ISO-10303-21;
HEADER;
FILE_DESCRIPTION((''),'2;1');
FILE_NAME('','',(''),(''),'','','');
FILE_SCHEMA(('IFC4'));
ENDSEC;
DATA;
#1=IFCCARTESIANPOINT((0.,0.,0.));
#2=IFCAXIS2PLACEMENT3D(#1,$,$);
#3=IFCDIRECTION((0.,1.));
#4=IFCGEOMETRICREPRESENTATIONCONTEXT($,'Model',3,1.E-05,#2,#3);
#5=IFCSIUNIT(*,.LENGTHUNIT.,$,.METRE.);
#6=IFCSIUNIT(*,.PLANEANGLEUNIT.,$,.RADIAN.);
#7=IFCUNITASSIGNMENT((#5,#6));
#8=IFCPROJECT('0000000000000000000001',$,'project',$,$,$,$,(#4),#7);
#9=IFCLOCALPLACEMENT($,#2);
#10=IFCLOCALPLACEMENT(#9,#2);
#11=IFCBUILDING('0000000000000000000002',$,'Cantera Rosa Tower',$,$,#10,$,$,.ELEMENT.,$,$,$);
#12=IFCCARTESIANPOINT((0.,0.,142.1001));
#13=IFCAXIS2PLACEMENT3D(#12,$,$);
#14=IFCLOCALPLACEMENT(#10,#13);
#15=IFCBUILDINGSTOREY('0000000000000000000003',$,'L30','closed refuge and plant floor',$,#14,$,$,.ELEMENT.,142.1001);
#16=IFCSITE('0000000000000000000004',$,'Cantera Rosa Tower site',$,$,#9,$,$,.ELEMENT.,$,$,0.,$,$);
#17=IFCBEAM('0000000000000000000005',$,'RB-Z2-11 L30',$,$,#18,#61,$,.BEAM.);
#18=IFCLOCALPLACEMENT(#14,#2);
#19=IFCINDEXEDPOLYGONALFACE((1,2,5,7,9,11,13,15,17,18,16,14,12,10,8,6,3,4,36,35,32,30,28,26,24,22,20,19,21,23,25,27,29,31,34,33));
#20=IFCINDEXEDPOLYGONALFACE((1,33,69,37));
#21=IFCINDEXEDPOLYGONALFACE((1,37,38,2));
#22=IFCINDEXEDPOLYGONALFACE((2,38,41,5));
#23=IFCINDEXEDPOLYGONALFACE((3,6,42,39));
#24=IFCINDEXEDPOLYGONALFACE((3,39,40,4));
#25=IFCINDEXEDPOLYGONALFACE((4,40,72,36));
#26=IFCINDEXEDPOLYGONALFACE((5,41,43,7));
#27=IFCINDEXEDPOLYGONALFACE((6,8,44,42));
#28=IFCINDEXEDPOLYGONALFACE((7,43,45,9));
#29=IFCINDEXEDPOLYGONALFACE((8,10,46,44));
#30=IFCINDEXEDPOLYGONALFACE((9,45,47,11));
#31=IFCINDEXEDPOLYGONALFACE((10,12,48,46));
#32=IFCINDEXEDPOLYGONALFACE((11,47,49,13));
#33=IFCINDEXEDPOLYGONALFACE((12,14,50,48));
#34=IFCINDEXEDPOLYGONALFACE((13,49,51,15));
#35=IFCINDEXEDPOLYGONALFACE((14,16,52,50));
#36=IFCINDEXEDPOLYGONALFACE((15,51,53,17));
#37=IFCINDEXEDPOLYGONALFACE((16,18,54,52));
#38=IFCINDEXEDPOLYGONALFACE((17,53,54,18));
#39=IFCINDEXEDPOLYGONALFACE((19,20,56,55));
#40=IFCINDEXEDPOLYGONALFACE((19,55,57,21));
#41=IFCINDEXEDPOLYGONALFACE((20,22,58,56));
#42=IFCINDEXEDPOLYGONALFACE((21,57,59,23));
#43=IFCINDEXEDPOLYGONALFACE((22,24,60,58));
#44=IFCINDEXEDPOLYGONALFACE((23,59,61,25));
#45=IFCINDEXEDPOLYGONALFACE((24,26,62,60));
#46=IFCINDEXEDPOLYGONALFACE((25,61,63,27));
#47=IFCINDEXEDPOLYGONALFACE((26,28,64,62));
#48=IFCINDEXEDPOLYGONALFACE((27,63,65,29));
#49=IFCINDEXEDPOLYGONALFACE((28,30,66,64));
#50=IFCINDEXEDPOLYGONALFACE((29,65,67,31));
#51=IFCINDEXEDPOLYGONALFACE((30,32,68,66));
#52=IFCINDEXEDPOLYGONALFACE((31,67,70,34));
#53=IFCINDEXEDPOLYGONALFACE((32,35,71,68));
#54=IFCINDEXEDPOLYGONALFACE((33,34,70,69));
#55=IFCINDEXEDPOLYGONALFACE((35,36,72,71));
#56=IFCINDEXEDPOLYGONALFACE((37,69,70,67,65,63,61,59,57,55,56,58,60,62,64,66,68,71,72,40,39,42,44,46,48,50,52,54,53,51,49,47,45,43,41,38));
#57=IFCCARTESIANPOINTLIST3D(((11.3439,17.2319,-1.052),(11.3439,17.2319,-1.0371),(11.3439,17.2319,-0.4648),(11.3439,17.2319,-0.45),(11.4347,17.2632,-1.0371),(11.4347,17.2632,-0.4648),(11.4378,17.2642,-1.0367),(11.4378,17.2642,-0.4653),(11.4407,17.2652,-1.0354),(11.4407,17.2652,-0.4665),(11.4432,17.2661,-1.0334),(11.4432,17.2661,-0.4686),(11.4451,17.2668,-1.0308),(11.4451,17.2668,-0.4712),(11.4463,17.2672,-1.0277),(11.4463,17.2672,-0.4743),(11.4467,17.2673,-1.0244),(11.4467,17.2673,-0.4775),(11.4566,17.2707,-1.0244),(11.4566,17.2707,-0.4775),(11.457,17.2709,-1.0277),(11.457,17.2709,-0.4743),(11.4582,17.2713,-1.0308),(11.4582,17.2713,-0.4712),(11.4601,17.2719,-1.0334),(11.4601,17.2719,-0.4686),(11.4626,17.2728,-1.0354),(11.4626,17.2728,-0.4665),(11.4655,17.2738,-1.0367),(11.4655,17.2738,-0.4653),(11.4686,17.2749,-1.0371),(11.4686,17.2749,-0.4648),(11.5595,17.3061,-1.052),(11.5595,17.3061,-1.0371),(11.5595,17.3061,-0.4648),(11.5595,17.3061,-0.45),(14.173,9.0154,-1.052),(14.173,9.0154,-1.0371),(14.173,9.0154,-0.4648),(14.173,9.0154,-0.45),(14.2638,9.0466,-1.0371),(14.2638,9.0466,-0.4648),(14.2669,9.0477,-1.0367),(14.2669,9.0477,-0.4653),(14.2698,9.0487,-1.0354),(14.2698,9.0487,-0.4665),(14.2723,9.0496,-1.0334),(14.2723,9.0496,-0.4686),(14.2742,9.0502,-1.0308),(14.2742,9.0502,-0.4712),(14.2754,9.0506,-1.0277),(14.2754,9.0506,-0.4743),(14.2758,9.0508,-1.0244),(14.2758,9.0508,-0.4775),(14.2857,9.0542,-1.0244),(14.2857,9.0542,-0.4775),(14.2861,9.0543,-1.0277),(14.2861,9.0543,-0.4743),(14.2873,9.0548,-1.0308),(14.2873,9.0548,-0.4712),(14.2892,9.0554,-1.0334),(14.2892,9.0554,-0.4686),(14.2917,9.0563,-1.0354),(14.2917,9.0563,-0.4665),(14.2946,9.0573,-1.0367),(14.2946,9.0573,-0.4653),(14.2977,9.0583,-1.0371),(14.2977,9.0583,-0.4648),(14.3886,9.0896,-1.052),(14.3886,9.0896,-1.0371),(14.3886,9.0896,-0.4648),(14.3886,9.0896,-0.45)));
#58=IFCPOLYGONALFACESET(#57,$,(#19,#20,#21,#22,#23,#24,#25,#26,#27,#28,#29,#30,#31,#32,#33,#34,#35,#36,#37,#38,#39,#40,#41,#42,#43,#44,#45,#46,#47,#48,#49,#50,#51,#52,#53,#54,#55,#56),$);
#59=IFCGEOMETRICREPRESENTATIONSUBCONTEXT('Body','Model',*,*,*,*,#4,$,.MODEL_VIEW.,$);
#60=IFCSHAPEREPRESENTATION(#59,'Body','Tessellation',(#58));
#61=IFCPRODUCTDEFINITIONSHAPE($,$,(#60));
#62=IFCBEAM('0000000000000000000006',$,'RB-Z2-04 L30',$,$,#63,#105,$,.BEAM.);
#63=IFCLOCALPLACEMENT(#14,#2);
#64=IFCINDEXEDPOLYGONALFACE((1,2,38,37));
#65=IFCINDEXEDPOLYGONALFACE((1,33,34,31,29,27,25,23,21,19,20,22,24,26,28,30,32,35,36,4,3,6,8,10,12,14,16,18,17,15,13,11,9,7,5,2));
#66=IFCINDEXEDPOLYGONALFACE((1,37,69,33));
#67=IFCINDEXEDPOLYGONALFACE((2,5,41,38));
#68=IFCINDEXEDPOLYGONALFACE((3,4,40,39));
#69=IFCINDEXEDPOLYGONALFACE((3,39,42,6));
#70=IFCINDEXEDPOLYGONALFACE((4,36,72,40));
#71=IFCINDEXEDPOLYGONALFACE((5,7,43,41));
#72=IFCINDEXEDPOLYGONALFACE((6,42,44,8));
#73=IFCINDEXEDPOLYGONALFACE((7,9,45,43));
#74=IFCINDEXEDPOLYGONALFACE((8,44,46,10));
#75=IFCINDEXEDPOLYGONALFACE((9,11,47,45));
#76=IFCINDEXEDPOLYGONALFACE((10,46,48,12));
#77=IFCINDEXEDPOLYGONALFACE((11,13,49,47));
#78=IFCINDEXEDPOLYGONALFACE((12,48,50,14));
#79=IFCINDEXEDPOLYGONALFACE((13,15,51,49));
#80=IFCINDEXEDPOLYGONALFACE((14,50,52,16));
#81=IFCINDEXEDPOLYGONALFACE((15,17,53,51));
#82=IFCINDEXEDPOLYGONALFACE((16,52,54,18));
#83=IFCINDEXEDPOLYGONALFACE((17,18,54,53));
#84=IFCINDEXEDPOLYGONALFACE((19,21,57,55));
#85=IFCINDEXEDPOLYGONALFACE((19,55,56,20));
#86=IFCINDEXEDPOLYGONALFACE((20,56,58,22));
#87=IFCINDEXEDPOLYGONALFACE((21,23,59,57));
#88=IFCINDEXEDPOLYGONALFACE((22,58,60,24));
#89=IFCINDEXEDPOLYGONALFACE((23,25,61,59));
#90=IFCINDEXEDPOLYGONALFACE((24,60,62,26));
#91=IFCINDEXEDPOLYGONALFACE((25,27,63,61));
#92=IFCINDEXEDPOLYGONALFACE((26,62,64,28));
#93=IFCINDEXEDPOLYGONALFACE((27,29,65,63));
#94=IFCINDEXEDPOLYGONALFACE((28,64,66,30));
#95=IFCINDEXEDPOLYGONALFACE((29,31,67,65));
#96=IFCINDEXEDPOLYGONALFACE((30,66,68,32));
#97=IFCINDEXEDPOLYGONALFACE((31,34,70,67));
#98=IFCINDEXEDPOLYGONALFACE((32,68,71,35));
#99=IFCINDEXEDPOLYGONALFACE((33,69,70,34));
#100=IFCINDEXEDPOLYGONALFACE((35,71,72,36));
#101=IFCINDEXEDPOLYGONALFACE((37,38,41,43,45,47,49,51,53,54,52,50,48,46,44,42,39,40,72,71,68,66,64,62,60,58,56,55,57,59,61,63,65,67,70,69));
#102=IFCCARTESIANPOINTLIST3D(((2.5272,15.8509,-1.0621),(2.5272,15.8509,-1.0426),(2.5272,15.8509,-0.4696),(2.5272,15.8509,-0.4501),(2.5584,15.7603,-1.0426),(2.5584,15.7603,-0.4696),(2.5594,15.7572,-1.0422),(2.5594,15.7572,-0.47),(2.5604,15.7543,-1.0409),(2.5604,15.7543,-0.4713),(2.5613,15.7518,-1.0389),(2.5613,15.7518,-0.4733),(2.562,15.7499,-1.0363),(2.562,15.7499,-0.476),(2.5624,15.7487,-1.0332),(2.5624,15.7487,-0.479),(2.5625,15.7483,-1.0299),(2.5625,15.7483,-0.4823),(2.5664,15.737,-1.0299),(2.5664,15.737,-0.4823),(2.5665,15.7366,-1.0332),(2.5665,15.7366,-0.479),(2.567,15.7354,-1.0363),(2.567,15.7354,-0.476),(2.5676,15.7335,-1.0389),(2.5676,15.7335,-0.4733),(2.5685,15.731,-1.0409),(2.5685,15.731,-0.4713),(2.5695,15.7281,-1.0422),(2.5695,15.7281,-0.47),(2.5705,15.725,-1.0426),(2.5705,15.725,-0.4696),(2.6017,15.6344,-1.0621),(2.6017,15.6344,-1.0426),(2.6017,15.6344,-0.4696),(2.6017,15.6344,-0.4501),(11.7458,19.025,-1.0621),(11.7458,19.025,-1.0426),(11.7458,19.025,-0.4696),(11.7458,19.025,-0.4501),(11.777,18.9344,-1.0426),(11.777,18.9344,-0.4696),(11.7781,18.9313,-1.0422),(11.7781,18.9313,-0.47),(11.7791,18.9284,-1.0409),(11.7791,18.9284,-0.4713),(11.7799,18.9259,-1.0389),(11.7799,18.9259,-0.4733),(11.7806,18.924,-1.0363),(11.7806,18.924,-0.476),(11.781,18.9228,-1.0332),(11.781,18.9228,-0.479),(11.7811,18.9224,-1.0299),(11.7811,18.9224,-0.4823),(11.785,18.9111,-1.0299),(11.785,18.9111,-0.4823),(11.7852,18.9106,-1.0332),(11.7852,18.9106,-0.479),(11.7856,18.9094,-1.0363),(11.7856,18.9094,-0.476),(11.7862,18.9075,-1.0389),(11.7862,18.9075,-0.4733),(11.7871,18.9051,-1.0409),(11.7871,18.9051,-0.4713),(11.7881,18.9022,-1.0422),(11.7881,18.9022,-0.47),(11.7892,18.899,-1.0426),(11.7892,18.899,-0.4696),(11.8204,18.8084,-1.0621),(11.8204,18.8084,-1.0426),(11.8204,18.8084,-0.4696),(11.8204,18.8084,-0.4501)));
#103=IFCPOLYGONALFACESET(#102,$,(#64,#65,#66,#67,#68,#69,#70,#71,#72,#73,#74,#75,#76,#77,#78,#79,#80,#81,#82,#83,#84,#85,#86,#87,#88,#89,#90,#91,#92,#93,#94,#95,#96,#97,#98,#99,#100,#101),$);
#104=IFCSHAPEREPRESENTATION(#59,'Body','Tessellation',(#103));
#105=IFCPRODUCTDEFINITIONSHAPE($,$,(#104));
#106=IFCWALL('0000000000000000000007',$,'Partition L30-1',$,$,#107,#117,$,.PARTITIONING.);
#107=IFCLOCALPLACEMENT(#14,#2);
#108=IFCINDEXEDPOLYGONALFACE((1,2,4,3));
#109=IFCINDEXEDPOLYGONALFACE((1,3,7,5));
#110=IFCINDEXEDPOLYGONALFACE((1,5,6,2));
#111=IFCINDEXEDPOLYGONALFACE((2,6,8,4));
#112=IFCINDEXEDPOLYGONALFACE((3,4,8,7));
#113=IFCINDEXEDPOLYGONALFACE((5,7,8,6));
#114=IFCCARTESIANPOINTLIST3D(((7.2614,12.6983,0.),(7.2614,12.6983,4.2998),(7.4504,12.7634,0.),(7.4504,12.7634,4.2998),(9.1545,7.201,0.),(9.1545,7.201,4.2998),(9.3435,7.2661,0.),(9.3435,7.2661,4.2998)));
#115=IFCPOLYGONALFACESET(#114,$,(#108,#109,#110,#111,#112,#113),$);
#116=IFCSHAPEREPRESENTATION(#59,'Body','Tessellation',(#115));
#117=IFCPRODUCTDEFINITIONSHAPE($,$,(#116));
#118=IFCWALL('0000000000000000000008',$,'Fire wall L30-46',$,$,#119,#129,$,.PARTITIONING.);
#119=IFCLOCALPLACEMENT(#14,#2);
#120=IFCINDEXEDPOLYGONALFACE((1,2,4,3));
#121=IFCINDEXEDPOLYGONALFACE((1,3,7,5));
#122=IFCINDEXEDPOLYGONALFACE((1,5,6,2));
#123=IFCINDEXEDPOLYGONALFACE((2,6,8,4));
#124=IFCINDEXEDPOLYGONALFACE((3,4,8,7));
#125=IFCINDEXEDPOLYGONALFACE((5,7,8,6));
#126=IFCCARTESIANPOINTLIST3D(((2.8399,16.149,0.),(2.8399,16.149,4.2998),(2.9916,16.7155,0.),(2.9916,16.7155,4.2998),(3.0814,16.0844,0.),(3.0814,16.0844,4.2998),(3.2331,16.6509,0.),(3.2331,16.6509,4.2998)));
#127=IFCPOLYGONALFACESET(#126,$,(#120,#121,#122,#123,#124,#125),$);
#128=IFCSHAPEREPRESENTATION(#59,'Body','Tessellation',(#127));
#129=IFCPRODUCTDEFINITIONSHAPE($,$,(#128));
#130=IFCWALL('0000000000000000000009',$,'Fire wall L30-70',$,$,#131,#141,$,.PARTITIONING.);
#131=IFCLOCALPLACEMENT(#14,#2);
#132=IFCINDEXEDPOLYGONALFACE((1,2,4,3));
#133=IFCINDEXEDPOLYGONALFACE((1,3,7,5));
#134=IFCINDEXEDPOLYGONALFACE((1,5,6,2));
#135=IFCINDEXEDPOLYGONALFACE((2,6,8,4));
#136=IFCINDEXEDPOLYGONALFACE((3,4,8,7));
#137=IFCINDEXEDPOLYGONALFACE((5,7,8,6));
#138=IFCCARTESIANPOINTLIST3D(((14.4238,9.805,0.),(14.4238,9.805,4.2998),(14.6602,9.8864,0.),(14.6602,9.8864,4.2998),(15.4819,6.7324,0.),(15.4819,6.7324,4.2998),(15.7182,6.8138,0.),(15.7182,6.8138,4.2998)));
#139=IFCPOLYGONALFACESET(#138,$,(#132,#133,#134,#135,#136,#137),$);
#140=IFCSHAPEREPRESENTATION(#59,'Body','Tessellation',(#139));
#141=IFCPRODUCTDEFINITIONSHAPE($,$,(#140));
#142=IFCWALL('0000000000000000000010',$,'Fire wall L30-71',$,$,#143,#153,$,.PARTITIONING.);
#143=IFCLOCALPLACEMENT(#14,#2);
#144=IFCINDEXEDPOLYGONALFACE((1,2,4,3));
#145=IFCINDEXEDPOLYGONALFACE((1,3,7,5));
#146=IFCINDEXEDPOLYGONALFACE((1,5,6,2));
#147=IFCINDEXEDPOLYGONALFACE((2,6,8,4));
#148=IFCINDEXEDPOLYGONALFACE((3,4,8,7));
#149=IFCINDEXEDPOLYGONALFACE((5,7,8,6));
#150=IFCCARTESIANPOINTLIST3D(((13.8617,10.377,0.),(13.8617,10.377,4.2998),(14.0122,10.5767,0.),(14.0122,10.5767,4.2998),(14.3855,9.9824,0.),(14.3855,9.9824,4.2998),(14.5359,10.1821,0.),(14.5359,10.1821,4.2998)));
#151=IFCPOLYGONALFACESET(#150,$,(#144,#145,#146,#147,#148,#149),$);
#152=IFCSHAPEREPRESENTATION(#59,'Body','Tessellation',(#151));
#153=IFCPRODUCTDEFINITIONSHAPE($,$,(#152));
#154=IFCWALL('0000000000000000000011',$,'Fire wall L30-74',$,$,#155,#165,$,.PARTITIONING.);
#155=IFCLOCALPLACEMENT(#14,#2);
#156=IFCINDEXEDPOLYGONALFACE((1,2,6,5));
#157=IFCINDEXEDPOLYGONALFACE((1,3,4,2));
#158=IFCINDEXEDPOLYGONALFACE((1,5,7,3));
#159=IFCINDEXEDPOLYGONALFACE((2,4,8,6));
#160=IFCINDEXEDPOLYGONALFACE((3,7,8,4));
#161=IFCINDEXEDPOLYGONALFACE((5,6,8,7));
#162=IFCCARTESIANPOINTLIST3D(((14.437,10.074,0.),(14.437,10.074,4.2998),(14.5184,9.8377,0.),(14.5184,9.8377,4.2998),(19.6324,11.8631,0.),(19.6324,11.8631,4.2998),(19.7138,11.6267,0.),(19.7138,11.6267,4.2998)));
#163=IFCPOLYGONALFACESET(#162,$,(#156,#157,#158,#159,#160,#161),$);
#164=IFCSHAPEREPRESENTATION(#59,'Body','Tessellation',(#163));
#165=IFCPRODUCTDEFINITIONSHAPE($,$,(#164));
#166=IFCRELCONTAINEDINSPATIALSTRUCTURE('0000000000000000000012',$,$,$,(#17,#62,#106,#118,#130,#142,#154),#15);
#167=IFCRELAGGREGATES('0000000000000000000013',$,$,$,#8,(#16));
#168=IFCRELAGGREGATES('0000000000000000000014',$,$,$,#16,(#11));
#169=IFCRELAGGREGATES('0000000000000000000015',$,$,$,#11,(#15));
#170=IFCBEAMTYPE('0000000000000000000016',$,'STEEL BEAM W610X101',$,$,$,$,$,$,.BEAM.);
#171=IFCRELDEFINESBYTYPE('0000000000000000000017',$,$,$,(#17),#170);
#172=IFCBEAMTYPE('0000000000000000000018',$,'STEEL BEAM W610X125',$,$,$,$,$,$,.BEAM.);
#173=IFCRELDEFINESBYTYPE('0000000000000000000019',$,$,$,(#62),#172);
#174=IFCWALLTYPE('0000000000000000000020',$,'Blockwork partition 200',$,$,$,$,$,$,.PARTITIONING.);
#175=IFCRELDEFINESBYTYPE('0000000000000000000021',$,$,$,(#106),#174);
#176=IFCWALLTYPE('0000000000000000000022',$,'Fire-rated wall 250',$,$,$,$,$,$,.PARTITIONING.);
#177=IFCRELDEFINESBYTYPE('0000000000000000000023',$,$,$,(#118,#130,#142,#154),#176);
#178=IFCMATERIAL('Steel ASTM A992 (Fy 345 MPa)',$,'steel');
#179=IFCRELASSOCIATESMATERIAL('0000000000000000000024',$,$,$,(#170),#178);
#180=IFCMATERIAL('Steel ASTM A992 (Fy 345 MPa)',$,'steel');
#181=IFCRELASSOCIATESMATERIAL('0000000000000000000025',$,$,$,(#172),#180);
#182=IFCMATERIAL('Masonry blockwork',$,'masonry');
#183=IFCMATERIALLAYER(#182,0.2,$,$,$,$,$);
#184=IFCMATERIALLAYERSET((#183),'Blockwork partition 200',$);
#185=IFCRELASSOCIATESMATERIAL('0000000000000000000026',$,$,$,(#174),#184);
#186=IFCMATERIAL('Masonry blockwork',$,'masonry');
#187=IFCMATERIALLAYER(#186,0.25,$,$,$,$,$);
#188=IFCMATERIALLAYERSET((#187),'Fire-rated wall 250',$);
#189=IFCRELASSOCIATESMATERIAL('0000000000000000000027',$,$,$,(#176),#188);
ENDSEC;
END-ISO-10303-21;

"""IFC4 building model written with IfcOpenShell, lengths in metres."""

from ifc_helpers import new_model, si_unit, direction, frame, frame_2d, origin, origin_2d, place, context, subcontext, project, spatial, rectangle, i_section, extrude, material, layer, layer_set, material_profile, profile_set, type_object, element, save


model = new_model("IFC4")

# Units and contexts
model_context = context("Model", 3, precision=1e-05, world=origin(), true_north=direction((0.0, 1.0)))
body_context = subcontext(model_context, "Body", "Model", "MODEL_VIEW")
ifc_project = project(units=[si_unit("LENGTHUNIT", "METRE"), si_unit("PLANEANGLEUNIT", "RADIAN")], contexts=[model_context])

# Site, building, storey
site_placement = place(None, origin())
site = spatial("IfcSite", under=ifc_project, at=site_placement, Name="Cantera Rosa Tower site", CompositionType="ELEMENT", RefElevation=0.0)
building_placement = place(site_placement, origin())
building = spatial("IfcBuilding", under=site, at=building_placement, Name="Cantera Rosa Tower", CompositionType="ELEMENT")
storey_placement = place(building_placement, frame((0.0, 0.0, 142.1001)))
storey = spatial("IfcBuildingStorey", under=building, at=storey_placement, Name="L30", Description="closed refuge and plant floor", CompositionType="ELEMENT", Elevation=142.1001)

# Beams
ifc_material_1 = material(Name="Steel ASTM A992 (Fy 345 MPa)", Category="steel")
ifc_material_profile_1 = material_profile(ifc_material_1, i_section(OverallWidth=0.228, OverallDepth=0.6021, WebThickness=0.0105, FlangeThickness=0.0149, FilletRadius=0.0127, at=origin_2d()), Name="W610X101")
ifc_profile_set_1 = profile_set([ifc_material_profile_1], Name="Steel ASTM A992 (Fy 345 MPa)")
beam_type_1 = type_object("IfcBeamType", Name="STEEL BEAM W610X101", PredefinedType="BEAM", material=ifc_profile_set_1)
beam_1_placement = place(storey_placement, frame((14.2808, 9.0525, -0.751), z_axis=(-0.325559, 0.945522, 0.0), x_axis=(-0.945522, -0.325559, 0.0)))
element("IfcBeam", 1, at=beam_1_placement, inside=storey, type_object=beam_type_1, Name="RB-Z2-11 L30", PredefinedType="BEAM", context=body_context, shape_type="SweptSolid", body=[
    extrude(i_section(OverallWidth=0.228, OverallDepth=0.6021, WebThickness=0.0105, FlangeThickness=0.0149, FilletRadius=0.0127, at=origin_2d()), origin(), (0.0, 0.0, 1.0), 8.6899),
])
ifc_material_2 = material(Name="Steel ASTM A992 (Fy 345 MPa)", Category="steel")
ifc_material_profile_2 = material_profile(ifc_material_2, i_section(OverallWidth=0.229, OverallDepth=0.6121, WebThickness=0.012, FlangeThickness=0.0195, FilletRadius=0.0127, at=origin_2d()), Name="W610X125")
ifc_profile_set_2 = profile_set([ifc_material_profile_2], Name="Steel ASTM A992 (Fy 345 MPa)")
beam_type_2 = type_object("IfcBeamType", Name="STEEL BEAM W610X125", PredefinedType="BEAM", material=ifc_profile_set_2)
beam_2_placement = place(storey_placement, frame((2.5645, 15.7427, -0.7561), z_axis=(0.945525, 0.32555, 0.0), x_axis=(-0.32555, 0.945525, 0.0)))
element("IfcBeam", 2, at=beam_2_placement, inside=storey, type_object=beam_type_2, Name="RB-Z2-04 L30", PredefinedType="BEAM", context=body_context, shape_type="SweptSolid", body=[
    extrude(i_section(OverallWidth=0.229, OverallDepth=0.6121, WebThickness=0.012, FlangeThickness=0.0195, FilletRadius=0.0127, at=origin_2d()), origin(), (0.0, 0.0, 1.0), 9.7498),
])

# Walls
ifc_material_3 = material(Name="Masonry blockwork", Category="masonry")
ifc_layer_1 = layer(ifc_material_3, 0.2)
ifc_layer_set_1 = layer_set([ifc_layer_1], Name="Blockwork partition 200")
wall_type_1 = type_object("IfcWallType", Name="Blockwork partition 200", PredefinedType="PARTITIONING", material=ifc_layer_set_1)
wall_1_placement = place(storey_placement, frame((9.249, 7.2334, 0.0), z_axis=(0.0, 0.0, 1.0), x_axis=(-0.325597, 0.945509, 0.0)))
element("IfcWall", 3, at=wall_1_placement, inside=storey, type_object=wall_type_1, Name="Partition L30-1", PredefinedType="PARTITIONING", context=body_context, shape_type="SweptSolid", body=[
    extrude(rectangle(XDim=5.8142, YDim=0.2, at=frame_2d((2.9072, 0.0))), origin(), (0.0, 0.0, 1.0), 4.2998),
])
ifc_material_4 = material(Name="Masonry blockwork", Category="masonry")
ifc_layer_2 = layer(ifc_material_4, 0.25)
ifc_layer_set_2 = layer_set([ifc_layer_2], Name="Fire-rated wall 250")
wall_type_2 = type_object("IfcWallType", Name="Fire-rated wall 250", PredefinedType="PARTITIONING", material=ifc_layer_set_2)
wall_2_placement = place(storey_placement, frame((2.9607, 16.1167, 0.0), z_axis=(0.0, 0.0, 1.0), x_axis=(0.25857, 0.965993, 0.0)))
element("IfcWall", 4, at=wall_2_placement, inside=storey, type_object=wall_type_2, Name="Fire wall L30-46", PredefinedType="PARTITIONING", context=body_context, shape_type="SweptSolid", body=[
    extrude(rectangle(XDim=0.5864, YDim=0.25, at=frame_2d((0.2932, 0.0))), origin(), (0.0, 0.0, 1.0), 4.2998),
])
wall_3_placement = place(storey_placement, frame((15.6001, 6.7729, 0.0), z_axis=(0.0, 0.0, 1.0), x_axis=(-0.325588, 0.945512, 0.0)))
element("IfcWall", 5, at=wall_3_placement, inside=storey, type_object=wall_type_2, Name="Fire wall L30-70", PredefinedType="PARTITIONING", context=body_context, shape_type="SweptSolid", body=[
    extrude(rectangle(XDim=3.2498, YDim=0.25, at=frame_2d((1.625, 0.0))), origin(), (0.0, 0.0, 1.0), 4.2998),
])
wall_4_placement = place(storey_placement, frame((14.4607, 10.0823, 0.0), z_axis=(0.0, 0.0, 1.0), x_axis=(-0.798702, 0.601726, 0.0)))
element("IfcWall", 6, at=wall_4_placement, inside=storey, type_object=wall_type_2, Name="Fire wall L30-71", PredefinedType="PARTITIONING", context=body_context, shape_type="SweptSolid", body=[
    extrude(rectangle(XDim=0.6558, YDim=0.25, at=frame_2d((0.3279, 0.0))), origin(), (0.0, 0.0, 1.0), 4.2998),
])
wall_5_placement = place(storey_placement, frame((14.4775, 9.9558, 0.0), z_axis=(0.0, 0.0, 1.0), x_axis=(0.945514, 0.325583, 0.0)))
element("IfcWall", 7, at=wall_5_placement, inside=storey, type_object=wall_type_2, Name="Fire wall L30-74", PredefinedType="PARTITIONING", context=body_context, shape_type="SweptSolid", body=[
    extrude(rectangle(XDim=5.4949, YDim=0.25, at=frame_2d((2.7476, 0.0))), origin(), (0.0, 0.0, 1.0), 4.2998),
])

save(model, "model.ifc")
